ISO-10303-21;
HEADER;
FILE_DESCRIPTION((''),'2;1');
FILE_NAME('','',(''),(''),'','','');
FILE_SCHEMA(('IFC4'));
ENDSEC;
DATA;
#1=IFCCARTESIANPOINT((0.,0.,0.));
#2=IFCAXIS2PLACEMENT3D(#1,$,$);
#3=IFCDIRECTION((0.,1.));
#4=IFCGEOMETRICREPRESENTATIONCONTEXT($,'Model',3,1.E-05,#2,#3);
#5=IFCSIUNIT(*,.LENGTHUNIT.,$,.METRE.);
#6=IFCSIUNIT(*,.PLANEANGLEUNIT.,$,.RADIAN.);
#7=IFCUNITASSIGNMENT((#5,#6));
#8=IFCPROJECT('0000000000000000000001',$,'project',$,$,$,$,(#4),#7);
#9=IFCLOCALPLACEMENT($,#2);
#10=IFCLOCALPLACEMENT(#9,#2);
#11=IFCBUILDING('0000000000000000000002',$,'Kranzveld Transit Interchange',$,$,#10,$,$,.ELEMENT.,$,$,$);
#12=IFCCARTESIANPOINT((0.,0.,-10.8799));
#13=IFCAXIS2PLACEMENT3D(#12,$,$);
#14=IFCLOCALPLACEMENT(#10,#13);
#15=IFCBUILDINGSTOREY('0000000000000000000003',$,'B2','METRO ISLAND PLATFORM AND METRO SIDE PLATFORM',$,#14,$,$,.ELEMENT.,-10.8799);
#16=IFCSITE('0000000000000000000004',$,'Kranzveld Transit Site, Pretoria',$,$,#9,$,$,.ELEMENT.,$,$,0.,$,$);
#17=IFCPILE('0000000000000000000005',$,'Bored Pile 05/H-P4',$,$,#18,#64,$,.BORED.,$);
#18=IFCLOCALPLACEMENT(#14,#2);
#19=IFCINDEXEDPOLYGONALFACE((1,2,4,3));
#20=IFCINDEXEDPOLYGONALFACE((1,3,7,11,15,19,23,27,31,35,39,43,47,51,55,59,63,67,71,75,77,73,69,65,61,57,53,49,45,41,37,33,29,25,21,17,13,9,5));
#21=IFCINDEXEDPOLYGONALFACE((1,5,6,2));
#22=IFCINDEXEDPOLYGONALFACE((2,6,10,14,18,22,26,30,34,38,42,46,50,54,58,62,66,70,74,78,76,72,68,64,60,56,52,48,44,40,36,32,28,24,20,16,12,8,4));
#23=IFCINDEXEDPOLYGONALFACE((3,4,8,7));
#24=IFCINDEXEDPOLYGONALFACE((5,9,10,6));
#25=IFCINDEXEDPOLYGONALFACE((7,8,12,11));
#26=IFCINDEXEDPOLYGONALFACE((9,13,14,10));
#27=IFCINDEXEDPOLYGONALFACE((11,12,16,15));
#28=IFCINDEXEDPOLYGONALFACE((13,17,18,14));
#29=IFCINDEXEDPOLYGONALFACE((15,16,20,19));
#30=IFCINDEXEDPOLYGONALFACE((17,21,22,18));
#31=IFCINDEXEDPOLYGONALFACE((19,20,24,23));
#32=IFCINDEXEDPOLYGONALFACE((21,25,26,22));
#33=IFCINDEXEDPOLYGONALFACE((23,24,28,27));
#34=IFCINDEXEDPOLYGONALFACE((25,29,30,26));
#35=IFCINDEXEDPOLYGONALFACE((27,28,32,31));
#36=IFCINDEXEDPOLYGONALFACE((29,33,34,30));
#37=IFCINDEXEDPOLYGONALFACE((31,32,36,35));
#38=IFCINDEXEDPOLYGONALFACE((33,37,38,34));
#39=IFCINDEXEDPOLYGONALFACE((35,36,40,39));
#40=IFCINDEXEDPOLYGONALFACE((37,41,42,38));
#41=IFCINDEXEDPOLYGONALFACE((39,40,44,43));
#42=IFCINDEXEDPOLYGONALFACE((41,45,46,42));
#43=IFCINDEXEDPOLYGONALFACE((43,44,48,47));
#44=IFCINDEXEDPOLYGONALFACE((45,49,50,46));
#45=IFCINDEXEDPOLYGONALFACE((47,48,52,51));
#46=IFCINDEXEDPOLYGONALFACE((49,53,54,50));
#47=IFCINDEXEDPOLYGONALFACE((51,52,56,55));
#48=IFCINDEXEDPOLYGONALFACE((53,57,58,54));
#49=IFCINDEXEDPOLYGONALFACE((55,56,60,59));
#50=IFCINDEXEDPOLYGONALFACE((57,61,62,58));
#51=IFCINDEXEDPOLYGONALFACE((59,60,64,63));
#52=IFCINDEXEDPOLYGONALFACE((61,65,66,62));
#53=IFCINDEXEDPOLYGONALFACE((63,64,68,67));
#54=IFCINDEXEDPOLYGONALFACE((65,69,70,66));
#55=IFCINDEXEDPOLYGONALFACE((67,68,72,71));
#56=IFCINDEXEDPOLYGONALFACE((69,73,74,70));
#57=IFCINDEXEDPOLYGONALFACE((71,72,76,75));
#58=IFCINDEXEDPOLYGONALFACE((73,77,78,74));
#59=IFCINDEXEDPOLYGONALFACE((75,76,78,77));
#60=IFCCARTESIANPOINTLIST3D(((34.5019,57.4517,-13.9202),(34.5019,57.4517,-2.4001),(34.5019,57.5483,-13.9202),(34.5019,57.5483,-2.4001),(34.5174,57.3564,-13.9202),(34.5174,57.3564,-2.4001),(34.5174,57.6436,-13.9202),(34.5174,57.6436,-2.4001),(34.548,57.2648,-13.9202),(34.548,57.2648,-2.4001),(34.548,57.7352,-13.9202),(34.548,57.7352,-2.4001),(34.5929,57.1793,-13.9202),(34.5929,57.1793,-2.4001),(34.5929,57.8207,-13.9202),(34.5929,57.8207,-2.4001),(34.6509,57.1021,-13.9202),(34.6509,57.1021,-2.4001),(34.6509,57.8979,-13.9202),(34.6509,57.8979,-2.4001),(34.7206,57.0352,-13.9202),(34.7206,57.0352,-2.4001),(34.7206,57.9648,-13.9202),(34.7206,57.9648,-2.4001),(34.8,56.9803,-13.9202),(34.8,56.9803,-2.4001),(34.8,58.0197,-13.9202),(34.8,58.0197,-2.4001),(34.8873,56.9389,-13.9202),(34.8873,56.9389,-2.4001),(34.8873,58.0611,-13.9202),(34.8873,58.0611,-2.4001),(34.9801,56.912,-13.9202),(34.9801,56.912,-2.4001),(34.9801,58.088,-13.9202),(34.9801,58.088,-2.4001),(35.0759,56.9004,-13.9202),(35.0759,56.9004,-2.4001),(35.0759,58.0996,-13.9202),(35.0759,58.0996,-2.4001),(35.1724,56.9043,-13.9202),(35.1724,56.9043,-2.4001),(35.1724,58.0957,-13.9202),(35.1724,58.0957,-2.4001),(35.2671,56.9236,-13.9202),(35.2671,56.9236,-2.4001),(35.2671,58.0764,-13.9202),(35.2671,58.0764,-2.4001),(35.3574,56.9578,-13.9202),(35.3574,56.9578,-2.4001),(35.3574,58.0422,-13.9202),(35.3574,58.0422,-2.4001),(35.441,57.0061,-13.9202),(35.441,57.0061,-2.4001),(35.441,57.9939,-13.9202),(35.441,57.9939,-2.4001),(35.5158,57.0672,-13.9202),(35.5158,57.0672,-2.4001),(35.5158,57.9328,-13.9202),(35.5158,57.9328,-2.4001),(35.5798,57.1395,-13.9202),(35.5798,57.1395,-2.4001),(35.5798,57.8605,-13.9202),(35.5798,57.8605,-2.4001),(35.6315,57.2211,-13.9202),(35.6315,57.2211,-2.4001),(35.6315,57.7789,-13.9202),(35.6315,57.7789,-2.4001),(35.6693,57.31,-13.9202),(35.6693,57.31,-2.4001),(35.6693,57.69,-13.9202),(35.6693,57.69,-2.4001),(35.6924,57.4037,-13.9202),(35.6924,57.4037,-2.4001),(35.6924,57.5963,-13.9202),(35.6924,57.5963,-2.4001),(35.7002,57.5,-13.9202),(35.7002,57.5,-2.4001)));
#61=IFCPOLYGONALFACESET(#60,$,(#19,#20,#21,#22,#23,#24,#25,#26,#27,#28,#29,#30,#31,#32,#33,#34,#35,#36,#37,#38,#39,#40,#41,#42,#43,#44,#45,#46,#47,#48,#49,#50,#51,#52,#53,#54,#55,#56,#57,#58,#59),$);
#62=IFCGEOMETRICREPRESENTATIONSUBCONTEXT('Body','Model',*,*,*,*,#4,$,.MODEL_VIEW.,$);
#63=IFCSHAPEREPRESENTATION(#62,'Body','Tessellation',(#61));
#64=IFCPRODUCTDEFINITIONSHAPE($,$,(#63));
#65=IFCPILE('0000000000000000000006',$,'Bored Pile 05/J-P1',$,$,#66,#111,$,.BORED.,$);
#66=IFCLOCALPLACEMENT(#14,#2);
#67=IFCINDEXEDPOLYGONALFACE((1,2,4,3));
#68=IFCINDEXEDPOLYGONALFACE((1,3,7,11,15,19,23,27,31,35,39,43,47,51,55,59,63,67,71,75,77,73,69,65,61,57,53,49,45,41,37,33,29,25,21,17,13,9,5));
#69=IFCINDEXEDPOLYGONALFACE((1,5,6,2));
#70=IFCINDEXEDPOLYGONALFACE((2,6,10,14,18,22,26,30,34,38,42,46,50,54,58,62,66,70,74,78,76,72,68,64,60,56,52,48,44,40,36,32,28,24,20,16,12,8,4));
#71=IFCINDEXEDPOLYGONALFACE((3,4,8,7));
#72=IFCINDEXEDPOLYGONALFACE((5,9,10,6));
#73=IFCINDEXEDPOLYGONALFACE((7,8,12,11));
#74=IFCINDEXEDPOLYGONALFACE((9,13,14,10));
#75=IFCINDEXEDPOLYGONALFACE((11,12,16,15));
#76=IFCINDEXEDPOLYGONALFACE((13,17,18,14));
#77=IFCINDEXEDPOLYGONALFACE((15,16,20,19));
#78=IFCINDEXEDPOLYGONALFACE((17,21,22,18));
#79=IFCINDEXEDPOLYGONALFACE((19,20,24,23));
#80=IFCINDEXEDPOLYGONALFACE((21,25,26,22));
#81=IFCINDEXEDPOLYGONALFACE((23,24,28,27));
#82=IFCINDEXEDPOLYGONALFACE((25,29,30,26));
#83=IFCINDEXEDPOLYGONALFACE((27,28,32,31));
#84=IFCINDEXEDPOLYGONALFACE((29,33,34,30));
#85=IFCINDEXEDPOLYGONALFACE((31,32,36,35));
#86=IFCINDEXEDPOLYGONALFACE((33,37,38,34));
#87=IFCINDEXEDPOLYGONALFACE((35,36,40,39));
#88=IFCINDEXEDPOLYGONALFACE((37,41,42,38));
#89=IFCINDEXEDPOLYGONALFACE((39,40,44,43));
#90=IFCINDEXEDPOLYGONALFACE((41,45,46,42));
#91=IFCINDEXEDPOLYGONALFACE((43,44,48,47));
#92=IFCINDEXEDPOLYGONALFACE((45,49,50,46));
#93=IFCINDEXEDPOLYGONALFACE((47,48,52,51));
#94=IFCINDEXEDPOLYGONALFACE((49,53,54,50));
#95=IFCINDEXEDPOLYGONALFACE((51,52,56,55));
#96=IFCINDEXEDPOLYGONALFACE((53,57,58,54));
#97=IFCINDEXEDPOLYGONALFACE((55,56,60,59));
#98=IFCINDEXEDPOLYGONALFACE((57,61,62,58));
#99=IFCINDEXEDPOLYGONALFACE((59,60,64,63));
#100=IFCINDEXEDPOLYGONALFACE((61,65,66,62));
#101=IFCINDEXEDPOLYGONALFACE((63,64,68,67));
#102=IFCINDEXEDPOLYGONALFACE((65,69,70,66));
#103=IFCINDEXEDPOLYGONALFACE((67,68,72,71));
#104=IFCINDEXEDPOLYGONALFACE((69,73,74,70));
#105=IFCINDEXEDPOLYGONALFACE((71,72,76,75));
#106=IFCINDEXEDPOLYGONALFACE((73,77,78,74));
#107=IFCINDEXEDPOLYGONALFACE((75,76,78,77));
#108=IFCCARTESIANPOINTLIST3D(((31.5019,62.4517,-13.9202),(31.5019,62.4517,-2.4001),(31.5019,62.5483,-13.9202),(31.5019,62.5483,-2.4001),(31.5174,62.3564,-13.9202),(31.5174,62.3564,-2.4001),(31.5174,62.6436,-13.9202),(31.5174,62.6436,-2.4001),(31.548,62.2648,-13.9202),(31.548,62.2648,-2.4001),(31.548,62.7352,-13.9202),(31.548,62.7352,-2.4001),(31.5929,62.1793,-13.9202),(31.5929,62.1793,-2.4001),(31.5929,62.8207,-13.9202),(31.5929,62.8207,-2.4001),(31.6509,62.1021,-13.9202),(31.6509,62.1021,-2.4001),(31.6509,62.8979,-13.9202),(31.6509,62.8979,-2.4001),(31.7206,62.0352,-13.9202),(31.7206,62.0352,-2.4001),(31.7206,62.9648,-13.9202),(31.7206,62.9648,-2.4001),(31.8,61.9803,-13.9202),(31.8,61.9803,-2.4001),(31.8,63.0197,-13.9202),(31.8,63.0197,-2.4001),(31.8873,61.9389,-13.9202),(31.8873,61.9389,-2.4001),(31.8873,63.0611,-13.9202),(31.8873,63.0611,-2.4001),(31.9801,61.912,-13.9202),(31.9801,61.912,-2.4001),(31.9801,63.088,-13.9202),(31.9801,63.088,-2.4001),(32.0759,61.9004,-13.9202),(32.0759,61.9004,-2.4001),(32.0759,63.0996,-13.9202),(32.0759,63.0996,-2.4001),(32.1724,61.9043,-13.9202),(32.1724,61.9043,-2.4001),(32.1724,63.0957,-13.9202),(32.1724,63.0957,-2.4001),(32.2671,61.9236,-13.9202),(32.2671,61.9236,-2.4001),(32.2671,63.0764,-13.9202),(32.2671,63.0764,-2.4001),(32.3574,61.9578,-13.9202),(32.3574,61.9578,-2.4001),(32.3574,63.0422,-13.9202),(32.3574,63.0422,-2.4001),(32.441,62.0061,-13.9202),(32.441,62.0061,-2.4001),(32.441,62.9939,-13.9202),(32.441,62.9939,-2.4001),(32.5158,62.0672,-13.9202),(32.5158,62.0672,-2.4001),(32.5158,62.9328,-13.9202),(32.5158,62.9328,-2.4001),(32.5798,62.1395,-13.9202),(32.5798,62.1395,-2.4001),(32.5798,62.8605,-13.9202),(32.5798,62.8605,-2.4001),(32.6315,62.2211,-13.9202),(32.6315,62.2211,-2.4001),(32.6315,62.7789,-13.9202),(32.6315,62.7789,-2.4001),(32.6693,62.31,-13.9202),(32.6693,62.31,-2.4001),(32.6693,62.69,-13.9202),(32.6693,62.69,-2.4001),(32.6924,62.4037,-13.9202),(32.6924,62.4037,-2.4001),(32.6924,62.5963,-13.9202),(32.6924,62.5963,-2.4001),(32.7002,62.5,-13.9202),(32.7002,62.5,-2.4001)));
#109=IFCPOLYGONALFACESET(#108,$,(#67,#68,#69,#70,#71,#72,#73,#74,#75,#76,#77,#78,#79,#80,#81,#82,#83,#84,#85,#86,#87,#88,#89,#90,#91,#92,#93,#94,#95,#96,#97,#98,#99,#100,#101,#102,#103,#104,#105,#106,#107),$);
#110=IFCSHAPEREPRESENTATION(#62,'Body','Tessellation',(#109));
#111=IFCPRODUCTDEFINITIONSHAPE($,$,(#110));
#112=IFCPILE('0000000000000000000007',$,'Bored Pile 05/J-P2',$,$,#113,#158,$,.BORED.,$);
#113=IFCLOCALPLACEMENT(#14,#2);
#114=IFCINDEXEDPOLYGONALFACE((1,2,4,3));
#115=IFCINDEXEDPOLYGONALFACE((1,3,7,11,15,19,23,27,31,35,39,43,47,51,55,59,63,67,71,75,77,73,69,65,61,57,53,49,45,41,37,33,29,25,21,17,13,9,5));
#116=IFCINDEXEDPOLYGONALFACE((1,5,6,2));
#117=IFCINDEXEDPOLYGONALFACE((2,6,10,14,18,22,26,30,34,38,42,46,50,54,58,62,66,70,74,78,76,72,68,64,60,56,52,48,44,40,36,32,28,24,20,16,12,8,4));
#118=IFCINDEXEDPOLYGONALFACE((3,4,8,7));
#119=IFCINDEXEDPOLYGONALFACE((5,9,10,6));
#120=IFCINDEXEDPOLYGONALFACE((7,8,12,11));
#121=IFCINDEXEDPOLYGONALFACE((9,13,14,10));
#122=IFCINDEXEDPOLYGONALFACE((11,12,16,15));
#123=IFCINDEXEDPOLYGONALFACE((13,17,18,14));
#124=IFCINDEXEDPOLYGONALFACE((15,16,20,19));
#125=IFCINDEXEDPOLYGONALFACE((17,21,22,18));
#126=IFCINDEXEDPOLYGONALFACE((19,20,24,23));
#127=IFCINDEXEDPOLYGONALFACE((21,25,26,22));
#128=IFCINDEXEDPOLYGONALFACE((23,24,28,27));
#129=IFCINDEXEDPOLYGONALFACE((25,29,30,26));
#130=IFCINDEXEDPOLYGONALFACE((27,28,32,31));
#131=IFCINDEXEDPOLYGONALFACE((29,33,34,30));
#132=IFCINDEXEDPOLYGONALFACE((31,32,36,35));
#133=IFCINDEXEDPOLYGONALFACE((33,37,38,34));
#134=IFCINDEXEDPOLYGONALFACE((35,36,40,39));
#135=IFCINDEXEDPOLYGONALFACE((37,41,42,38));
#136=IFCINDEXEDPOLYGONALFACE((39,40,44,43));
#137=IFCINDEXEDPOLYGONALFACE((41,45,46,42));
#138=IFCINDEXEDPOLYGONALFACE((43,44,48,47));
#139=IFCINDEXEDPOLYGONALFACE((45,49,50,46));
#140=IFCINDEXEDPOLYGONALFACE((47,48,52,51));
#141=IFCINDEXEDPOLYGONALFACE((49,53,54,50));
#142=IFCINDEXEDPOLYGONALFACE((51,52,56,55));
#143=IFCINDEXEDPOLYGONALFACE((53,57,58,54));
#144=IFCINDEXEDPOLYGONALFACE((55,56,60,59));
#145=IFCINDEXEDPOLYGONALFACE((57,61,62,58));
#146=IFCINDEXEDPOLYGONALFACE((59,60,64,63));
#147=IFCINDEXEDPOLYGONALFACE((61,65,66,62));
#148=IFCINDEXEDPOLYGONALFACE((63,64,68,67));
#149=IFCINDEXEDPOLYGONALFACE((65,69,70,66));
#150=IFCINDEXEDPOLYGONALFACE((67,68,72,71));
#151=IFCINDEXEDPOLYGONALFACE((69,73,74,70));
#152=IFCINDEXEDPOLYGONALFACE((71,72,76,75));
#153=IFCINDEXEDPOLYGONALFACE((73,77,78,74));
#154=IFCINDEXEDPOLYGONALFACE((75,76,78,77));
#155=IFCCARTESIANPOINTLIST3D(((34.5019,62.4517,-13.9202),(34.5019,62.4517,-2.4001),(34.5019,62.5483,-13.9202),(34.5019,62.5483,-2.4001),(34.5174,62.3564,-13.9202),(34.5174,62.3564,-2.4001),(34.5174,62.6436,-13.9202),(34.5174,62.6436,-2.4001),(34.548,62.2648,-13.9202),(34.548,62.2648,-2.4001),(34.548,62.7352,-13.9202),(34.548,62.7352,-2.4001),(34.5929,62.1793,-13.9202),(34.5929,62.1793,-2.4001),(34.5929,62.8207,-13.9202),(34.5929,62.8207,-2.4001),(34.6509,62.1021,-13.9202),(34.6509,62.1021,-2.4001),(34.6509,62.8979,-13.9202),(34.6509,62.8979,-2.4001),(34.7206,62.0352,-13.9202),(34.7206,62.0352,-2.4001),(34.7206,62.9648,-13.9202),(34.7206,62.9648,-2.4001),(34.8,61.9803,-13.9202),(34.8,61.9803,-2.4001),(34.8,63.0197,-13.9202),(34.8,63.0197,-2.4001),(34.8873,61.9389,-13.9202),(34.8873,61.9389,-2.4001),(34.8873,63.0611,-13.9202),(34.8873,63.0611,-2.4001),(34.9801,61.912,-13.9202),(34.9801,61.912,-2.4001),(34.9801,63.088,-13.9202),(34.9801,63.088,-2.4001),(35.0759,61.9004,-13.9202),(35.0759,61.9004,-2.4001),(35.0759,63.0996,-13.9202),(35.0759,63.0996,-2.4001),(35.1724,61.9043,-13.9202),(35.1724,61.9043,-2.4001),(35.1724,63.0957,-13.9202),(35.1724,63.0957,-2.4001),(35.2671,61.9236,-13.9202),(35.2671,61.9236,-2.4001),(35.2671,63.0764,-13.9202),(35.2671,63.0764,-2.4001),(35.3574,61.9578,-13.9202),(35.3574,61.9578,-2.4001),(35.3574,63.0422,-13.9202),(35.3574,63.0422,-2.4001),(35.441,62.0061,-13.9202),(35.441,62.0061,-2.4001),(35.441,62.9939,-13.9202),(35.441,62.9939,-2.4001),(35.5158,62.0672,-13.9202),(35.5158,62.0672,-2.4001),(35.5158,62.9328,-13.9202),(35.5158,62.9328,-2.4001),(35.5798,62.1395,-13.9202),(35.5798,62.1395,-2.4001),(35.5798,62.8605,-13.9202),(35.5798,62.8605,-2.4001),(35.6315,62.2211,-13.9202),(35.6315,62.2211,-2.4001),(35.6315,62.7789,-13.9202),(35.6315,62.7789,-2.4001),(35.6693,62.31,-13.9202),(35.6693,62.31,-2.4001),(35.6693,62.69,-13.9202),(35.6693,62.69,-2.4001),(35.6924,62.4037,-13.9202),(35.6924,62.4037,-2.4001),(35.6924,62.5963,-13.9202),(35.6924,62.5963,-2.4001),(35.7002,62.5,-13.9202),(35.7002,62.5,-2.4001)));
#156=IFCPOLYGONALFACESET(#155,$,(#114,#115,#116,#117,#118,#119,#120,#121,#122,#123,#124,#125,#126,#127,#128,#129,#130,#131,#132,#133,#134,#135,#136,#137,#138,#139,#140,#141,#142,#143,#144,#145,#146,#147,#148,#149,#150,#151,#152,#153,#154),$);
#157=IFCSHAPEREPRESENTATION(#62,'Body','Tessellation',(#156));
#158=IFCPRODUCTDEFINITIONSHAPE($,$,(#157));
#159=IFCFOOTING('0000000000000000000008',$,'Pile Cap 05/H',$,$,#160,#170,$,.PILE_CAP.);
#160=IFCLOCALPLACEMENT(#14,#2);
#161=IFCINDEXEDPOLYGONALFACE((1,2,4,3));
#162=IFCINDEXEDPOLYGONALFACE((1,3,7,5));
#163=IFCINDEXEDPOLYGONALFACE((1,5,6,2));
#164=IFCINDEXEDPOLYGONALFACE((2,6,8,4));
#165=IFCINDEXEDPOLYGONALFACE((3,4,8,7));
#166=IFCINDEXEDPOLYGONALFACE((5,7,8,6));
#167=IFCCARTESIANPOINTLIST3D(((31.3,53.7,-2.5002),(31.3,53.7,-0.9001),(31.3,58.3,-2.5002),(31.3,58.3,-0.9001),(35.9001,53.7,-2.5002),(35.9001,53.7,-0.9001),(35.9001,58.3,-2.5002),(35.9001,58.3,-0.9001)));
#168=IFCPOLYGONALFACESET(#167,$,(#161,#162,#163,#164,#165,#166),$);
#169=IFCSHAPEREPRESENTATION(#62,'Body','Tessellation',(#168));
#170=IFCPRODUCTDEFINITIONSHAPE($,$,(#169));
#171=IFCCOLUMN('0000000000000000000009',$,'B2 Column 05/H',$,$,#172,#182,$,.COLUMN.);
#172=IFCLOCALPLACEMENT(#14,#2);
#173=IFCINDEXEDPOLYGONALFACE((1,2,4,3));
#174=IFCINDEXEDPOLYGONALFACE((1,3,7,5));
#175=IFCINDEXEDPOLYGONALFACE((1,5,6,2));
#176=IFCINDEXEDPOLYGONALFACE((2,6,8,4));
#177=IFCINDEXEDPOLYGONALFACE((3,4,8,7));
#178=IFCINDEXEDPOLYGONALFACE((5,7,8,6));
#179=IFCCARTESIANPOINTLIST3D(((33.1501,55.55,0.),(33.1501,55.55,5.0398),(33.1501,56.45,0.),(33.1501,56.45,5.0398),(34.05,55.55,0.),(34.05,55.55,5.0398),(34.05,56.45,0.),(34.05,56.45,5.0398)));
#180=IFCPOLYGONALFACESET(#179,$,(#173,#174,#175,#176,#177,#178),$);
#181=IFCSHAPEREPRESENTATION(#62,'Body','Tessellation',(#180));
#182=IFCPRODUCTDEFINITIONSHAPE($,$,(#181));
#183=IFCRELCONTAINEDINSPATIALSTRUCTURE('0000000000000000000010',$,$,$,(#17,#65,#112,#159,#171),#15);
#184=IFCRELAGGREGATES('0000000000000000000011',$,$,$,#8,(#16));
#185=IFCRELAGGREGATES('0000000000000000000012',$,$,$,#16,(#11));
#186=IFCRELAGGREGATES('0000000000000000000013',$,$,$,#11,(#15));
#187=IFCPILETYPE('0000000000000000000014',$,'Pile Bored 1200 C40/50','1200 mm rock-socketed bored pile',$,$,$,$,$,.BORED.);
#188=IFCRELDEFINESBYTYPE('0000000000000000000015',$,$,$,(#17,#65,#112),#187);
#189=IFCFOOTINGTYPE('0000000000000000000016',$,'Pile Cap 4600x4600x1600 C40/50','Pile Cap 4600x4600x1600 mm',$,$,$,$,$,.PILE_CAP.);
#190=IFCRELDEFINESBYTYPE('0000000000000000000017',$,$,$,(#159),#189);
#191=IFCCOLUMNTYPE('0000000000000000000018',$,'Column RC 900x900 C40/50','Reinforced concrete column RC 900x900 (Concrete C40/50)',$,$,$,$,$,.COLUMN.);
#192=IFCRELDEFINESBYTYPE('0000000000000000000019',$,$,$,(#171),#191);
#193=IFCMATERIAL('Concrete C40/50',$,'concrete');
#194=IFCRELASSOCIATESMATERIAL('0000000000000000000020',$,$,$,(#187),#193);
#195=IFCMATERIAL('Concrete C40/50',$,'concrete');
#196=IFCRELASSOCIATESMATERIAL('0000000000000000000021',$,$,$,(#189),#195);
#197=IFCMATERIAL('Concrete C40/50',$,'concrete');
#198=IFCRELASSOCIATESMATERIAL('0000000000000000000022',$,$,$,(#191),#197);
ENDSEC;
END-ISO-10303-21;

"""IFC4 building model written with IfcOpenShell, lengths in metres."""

from ifc_helpers import new_model, si_unit, direction, frame, origin, origin_2d, place, context, subcontext, project, spatial, rectangle, circle, extrude, material, material_profile, profile_set, type_object, element, save


model = new_model("IFC4")

# Units and contexts
model_context = context("Model", 3, precision=1e-05, world=origin(), true_north=direction((0.0, 1.0)))
body_context = subcontext(model_context, "Body", "Model", "MODEL_VIEW")
ifc_project = project(units=[si_unit("LENGTHUNIT", "METRE"), si_unit("PLANEANGLEUNIT", "RADIAN")], contexts=[model_context])

# Site, building, storey
site_placement = place(None, origin())
site = spatial("IfcSite", under=ifc_project, at=site_placement, Name="Kranzveld Transit Site, Pretoria", CompositionType="ELEMENT", RefElevation=0.0)
building_placement = place(site_placement, origin())
building = spatial("IfcBuilding", under=site, at=building_placement, Name="Kranzveld Transit Interchange", CompositionType="ELEMENT")
storey_placement = place(building_placement, frame((0.0, 0.0, -10.8799)))
storey = spatial("IfcBuildingStorey", under=building, at=storey_placement, Name="B2", Description="METRO ISLAND PLATFORM AND METRO SIDE PLATFORM", CompositionType="ELEMENT", Elevation=-10.8799)

# Piles
ifc_material_1 = material(Name="Concrete C40/50", Category="concrete")
ifc_material_profile_1 = material_profile(ifc_material_1, circle(Radius=0.6001, at=origin_2d()), Name="BORED PILE 1200")
ifc_profile_set_1 = profile_set([ifc_material_profile_1], Name="Concrete C40/50")
pile_type_1 = type_object("IfcPileType", Name="Pile Bored 1200 C40/50", Description="1200 mm rock-socketed bored pile", PredefinedType="BORED", material=ifc_profile_set_1)
for number, where, z_axis, x_axis, name in (
    (1, (35.1001, 57.5, -2.4001), (0.0, 0.0, -1.0), (1.0, 0.0, 0.0), "Bored Pile 05/H-P4"),
    (2, (32.1001, 62.5, -2.4001), (0.0, 0.0, -1.0), (1.0, 0.0, 0.0), "Bored Pile 05/J-P1"),
    (3, (35.1001, 62.5, -2.4001), (0.0, 0.0, -1.0), (1.0, 0.0, 0.0), "Bored Pile 05/J-P2"),
):
    element("IfcPile", number, at=place(storey_placement, frame(where, z_axis=z_axis, x_axis=x_axis)), inside=storey, type_object=pile_type_1, Name=name, PredefinedType="BORED", context=body_context, shape_type="SweptSolid", body=[
        extrude(circle(Radius=0.6001, at=origin_2d()), origin(), (0.0, 0.0, 1.0), 11.52),
    ])

# Footing
ifc_material_2 = material(Name="Concrete C40/50", Category="concrete")
footing_type = type_object("IfcFootingType", Name="Pile Cap 4600x4600x1600 C40/50", Description="Pile Cap 4600x4600x1600 mm", PredefinedType="PILE_CAP", material=ifc_material_2)
footing_placement = place(storey_placement, frame((33.6001, 56.0, -2.5002), z_axis=(0.0, 0.0, 1.0), x_axis=(1.0, 0.0, 0.0)))
element("IfcFooting", 4, at=footing_placement, inside=storey, type_object=footing_type, Name="Pile Cap 05/H", PredefinedType="PILE_CAP", context=body_context, shape_type="SweptSolid", body=[
    extrude(rectangle(XDim=4.6001, YDim=4.6001, at=origin_2d()), origin(), (0.0, 0.0, 1.0), 1.6001),
])

# Column
ifc_material_3 = material(Name="Concrete C40/50", Category="concrete")
ifc_material_profile_2 = material_profile(ifc_material_3, rectangle(XDim=0.8999, YDim=0.8999, at=origin_2d()), Name="RC 900x900")
ifc_profile_set_2 = profile_set([ifc_material_profile_2], Name="Concrete C40/50")
column_type = type_object("IfcColumnType", Name="Column RC 900x900 C40/50", Description="Reinforced concrete column RC 900x900 (Concrete C40/50)", PredefinedType="COLUMN", material=ifc_profile_set_2)
column_placement = place(storey_placement, frame((33.6001, 56.0, 0.0), z_axis=(0.0, 0.0, 1.0), x_axis=(1.0, 0.0, 0.0)))
element("IfcColumn", 5, at=column_placement, inside=storey, type_object=column_type, Name="B2 Column 05/H", PredefinedType="COLUMN", context=body_context, shape_type="SweptSolid", body=[
    extrude(rectangle(XDim=0.8999, YDim=0.8999, at=origin_2d()), origin(), (0.0, 0.0, 1.0), 5.0398),
])

save(model, "model.ifc")
